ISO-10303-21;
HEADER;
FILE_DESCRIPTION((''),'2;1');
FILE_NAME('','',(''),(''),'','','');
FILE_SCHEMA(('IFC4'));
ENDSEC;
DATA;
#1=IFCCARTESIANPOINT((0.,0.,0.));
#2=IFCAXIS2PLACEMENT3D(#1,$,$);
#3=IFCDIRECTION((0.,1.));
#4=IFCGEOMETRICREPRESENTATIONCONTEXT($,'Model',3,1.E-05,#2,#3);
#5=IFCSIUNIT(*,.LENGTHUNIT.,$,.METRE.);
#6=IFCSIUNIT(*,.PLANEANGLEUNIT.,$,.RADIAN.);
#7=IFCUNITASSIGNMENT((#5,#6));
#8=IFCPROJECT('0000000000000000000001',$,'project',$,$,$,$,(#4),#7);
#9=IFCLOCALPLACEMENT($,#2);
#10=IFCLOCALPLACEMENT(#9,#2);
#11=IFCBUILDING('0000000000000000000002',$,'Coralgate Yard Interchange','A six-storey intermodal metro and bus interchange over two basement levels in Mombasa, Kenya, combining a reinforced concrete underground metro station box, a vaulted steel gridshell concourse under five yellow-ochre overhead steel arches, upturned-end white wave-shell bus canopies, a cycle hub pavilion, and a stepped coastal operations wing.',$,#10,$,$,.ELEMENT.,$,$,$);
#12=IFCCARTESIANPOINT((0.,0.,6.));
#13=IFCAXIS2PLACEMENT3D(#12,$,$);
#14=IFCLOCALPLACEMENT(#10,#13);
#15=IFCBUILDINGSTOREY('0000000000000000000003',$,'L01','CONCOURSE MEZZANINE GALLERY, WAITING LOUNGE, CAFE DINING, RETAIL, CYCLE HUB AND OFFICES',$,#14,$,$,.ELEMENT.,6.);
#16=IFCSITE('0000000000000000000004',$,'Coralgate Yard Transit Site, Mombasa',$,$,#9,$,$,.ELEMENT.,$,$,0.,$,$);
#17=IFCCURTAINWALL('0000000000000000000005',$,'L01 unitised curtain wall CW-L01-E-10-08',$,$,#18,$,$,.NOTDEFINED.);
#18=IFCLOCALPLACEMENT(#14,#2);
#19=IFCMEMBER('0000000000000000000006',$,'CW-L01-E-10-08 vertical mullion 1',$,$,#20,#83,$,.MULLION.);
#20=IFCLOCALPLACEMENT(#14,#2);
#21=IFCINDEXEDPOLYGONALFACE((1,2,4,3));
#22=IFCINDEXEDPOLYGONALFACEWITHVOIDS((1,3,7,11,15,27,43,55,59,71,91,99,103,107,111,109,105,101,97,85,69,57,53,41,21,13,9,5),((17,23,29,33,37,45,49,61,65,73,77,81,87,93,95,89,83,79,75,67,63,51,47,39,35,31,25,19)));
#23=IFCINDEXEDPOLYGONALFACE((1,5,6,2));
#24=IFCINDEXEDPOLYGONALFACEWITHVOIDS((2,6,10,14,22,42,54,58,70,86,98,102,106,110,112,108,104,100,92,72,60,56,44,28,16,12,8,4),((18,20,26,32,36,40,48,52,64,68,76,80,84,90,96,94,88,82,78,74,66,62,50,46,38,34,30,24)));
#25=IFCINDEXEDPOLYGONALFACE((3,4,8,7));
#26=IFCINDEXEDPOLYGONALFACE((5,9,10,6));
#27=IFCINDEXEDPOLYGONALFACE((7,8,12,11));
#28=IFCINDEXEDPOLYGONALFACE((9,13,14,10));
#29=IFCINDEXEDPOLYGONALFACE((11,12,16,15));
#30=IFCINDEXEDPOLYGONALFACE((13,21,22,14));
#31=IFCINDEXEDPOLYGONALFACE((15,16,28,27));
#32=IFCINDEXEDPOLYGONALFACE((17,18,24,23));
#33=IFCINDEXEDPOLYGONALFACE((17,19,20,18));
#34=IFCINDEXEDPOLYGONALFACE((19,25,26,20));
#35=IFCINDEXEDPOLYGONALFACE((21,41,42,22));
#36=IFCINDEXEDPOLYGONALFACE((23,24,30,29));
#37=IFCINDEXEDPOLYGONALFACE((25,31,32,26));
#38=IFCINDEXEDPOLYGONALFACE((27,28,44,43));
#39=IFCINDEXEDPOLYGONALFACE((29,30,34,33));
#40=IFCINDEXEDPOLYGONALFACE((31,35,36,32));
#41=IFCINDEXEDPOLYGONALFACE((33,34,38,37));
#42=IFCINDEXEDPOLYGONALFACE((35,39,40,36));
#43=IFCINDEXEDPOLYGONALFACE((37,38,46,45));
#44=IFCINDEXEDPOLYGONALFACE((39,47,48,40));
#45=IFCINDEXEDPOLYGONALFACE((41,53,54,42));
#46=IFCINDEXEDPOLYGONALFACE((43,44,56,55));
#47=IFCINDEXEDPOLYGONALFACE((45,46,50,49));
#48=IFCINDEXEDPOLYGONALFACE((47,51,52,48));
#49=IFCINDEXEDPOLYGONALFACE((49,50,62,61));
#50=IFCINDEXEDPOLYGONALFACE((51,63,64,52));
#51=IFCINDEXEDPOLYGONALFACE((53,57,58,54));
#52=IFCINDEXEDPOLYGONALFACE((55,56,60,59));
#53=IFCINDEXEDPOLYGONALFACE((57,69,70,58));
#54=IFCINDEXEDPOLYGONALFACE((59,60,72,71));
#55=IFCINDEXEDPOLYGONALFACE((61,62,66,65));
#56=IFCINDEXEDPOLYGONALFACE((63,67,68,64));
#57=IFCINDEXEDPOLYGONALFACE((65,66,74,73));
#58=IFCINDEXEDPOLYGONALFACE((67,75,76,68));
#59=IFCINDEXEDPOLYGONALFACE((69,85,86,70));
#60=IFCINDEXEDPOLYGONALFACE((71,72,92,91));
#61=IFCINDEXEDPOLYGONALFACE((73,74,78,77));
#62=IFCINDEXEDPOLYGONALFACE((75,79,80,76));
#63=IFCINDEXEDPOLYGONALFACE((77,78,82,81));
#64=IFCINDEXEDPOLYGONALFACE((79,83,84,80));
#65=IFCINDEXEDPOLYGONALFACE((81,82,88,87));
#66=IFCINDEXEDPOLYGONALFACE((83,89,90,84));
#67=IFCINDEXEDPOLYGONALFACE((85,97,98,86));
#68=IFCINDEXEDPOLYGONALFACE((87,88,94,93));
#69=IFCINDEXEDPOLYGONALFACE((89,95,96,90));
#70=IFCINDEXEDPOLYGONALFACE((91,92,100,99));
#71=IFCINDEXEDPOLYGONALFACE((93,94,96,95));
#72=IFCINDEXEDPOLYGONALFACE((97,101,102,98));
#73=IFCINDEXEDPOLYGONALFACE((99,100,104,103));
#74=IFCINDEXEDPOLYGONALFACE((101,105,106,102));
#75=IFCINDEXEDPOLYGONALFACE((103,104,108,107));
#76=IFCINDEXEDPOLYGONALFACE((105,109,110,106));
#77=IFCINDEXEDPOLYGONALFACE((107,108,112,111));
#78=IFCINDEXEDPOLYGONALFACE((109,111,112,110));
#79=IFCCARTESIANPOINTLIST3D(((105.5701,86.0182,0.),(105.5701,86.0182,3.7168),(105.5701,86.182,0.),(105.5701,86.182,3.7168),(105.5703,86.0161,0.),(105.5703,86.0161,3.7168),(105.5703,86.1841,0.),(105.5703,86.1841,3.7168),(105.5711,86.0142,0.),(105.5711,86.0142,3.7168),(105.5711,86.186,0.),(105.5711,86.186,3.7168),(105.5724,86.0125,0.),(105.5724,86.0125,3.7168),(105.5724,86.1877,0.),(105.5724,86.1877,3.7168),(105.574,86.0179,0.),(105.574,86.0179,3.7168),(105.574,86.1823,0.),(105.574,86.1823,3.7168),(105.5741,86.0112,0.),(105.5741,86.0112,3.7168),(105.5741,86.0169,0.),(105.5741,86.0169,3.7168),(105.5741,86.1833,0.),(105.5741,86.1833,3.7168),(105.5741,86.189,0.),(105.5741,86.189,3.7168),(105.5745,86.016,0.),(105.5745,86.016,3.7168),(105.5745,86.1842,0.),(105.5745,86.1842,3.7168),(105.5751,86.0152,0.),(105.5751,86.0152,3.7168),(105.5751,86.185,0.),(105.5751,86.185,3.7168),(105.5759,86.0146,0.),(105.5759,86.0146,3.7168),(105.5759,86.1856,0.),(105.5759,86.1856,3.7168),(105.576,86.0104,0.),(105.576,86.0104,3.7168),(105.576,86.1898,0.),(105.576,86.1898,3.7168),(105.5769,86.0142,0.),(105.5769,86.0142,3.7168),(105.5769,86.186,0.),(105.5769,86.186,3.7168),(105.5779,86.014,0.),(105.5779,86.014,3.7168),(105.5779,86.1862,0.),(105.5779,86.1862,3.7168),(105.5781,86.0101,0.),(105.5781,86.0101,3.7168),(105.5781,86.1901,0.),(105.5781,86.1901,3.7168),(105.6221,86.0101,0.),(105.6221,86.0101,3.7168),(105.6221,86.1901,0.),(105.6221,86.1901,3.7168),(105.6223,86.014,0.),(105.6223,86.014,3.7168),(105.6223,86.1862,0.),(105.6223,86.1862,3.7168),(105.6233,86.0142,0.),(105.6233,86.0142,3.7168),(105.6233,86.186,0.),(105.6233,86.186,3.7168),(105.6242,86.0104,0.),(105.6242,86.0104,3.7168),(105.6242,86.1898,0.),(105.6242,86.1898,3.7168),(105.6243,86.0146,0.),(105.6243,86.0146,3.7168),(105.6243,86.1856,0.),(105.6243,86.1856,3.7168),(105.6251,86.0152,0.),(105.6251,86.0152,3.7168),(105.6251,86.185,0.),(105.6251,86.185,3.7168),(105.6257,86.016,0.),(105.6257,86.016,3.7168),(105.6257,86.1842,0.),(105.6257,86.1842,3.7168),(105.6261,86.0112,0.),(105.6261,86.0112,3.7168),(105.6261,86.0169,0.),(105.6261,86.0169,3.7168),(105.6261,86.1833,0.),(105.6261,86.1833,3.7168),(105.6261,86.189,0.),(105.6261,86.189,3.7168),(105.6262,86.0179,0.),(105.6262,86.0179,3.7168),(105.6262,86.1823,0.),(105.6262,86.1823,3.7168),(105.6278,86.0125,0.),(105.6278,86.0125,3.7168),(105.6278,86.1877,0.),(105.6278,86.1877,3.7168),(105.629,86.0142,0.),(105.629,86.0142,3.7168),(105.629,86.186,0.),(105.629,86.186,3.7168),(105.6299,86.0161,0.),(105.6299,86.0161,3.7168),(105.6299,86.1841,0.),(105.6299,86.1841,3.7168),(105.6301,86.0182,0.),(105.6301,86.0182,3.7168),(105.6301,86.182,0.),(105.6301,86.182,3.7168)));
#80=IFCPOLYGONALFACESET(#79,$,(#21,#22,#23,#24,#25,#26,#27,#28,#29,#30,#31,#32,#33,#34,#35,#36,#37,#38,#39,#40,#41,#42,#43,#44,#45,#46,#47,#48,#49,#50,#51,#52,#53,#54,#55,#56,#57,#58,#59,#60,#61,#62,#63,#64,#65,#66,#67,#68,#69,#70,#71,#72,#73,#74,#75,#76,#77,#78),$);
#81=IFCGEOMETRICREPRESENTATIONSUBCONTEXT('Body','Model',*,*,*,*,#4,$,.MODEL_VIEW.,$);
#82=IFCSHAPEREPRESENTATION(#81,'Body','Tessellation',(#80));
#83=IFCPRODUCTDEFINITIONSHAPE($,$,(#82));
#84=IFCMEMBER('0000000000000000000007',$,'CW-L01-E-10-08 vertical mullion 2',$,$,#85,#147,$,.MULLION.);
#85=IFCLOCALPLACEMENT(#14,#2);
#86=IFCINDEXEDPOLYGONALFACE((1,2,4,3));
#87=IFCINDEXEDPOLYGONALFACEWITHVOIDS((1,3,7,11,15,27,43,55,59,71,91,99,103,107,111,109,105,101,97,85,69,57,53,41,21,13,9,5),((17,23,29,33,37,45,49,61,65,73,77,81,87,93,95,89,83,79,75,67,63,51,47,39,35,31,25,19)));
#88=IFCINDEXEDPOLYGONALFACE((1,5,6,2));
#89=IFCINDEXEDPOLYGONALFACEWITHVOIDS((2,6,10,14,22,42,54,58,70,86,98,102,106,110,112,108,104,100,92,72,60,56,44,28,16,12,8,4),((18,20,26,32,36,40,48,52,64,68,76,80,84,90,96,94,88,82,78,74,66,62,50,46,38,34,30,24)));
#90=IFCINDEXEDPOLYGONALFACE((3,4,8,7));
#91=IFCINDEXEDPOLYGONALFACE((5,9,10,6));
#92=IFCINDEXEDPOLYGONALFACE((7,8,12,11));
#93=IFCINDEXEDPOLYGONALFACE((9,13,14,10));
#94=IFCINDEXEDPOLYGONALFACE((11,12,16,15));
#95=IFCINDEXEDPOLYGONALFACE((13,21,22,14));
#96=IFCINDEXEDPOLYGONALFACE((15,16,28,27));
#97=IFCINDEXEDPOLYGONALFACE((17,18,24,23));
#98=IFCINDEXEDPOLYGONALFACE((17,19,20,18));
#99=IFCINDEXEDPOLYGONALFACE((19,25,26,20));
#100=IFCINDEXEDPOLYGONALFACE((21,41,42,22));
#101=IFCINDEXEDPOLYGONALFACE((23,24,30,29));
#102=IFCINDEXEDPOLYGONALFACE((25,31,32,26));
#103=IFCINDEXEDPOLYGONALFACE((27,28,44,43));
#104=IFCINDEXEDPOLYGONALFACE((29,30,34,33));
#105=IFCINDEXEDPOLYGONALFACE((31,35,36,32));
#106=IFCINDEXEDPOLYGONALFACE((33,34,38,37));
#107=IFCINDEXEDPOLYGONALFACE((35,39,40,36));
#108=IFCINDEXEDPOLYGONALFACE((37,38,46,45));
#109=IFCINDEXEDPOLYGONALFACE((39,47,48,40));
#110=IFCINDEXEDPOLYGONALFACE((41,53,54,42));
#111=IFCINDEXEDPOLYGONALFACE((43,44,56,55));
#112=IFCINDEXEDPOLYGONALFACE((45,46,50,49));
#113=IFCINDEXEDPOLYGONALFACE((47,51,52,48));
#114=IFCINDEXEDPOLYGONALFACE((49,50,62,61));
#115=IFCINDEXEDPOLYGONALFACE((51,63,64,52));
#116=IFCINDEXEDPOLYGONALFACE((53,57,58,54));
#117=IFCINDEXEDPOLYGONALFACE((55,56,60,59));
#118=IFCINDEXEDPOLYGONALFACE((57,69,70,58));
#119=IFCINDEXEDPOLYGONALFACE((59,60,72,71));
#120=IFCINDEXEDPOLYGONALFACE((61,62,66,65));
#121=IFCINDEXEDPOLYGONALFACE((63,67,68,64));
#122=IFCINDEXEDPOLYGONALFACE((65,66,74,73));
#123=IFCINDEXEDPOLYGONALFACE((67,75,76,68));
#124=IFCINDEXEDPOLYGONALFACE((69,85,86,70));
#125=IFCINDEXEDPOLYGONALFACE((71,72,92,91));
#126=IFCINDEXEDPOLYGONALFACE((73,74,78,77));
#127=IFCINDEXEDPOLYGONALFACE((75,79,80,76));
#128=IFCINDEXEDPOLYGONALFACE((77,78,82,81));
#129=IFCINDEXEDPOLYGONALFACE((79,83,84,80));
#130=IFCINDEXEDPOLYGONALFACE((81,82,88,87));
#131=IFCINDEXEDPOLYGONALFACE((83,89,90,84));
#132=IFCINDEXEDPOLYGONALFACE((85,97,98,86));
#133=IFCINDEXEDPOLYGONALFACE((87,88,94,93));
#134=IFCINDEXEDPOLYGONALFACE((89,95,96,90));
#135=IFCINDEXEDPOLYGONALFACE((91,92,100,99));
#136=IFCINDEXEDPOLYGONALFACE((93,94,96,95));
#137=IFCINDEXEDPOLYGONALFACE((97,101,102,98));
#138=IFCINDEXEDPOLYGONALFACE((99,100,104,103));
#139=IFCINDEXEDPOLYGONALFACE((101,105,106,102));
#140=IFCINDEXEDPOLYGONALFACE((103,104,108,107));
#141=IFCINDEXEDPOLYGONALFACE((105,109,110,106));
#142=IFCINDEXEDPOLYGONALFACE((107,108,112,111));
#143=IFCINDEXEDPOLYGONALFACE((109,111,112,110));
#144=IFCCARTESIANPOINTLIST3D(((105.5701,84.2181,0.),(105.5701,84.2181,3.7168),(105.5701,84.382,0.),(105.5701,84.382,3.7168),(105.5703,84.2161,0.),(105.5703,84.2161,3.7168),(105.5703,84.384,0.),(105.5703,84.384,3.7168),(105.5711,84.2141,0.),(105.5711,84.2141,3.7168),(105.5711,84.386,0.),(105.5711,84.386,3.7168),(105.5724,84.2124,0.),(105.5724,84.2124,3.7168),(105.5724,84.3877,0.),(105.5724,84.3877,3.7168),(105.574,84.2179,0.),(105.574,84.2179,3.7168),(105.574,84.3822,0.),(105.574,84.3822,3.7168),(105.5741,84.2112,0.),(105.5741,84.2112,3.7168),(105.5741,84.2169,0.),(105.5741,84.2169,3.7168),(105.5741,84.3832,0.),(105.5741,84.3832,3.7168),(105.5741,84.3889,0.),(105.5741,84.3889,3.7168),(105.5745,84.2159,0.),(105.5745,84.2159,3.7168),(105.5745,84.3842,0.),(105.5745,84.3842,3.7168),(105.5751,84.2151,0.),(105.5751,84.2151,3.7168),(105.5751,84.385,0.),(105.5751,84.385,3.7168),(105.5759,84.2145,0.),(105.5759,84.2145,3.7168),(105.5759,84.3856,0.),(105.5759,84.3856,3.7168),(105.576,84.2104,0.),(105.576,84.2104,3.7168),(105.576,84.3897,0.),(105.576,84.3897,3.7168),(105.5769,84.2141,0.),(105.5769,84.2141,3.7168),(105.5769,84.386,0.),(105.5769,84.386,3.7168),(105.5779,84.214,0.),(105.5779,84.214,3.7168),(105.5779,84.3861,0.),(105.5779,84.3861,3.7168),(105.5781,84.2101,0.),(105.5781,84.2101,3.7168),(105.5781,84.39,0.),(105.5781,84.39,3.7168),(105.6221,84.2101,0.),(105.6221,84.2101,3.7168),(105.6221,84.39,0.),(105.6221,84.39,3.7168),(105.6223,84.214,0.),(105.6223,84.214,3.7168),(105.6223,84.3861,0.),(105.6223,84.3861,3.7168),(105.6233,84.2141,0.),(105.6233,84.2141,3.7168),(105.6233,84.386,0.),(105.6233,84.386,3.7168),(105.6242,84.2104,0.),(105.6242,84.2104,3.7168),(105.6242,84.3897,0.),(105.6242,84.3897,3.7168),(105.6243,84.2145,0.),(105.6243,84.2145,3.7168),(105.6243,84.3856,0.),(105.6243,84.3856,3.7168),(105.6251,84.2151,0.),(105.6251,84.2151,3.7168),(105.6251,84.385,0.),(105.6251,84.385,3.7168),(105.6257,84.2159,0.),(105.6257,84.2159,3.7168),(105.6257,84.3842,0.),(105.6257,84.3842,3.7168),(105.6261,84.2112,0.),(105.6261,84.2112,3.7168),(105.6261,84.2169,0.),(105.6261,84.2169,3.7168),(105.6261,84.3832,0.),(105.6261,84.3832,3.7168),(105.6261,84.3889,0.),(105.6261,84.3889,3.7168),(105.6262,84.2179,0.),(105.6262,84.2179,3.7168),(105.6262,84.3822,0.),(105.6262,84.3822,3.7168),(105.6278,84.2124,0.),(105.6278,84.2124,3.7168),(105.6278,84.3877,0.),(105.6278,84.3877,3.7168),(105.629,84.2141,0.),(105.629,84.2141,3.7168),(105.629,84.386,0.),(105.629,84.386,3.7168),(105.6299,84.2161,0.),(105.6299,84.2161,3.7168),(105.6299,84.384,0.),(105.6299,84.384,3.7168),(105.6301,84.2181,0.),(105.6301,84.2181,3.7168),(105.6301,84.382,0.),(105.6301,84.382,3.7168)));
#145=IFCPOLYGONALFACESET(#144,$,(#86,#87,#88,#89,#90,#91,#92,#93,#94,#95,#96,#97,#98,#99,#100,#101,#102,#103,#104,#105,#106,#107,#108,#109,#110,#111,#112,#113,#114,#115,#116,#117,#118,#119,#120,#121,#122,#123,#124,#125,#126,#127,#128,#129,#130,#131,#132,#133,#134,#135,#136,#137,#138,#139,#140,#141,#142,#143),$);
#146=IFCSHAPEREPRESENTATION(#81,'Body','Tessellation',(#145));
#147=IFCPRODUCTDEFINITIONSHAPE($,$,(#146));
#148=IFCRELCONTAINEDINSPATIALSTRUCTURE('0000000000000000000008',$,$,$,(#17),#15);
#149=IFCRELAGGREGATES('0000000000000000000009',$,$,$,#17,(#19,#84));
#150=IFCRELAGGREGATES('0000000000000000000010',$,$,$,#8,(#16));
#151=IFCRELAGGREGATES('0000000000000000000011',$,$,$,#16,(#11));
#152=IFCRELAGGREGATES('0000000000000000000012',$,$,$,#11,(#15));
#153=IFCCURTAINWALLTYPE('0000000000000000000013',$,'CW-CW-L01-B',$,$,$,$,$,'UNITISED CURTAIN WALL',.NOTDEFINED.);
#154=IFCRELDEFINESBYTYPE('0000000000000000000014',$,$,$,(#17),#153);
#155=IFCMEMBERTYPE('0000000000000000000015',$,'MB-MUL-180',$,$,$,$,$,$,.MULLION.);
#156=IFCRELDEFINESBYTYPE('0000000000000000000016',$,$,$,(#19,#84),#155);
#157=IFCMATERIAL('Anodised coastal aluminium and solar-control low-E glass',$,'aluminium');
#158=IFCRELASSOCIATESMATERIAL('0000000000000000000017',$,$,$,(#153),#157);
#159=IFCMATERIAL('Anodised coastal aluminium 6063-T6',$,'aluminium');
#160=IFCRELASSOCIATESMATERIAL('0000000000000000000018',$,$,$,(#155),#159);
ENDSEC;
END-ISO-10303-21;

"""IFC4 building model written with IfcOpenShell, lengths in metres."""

from ifc_helpers import new_model, si_unit, direction, frame, origin, origin_2d, place, context, subcontext, project, spatial, hollow_rectangle, extrude, material, material_profile, profile_set, type_object, element, aggregate, save


model = new_model("IFC4")

# Units and contexts
model_context = context("Model", 3, precision=1e-05, world=origin(), true_north=direction((0.0, 1.0)))
body_context = subcontext(model_context, "Body", "Model", "MODEL_VIEW")
ifc_project = project(units=[si_unit("LENGTHUNIT", "METRE"), si_unit("PLANEANGLEUNIT", "RADIAN")], contexts=[model_context])

# Site, building, storey
site_placement = place(None, origin())
site = spatial("IfcSite", under=ifc_project, at=site_placement, Name="Coralgate Yard Transit Site, Mombasa", CompositionType="ELEMENT", RefElevation=0.0)
building_placement = place(site_placement, origin())
building = spatial("IfcBuilding", under=site, at=building_placement, Name="Coralgate Yard Interchange", Description="A six-storey intermodal metro and bus interchange over two basement levels in Mombasa, Kenya, combining a reinforced concrete underground metro station box, a vaulted steel gridshell concourse under five yellow-ochre overhead steel arches, upturned-end white wave-shell bus canopies, a cycle hub pavilion, and a stepped coastal operations wing.", CompositionType="ELEMENT")
storey_placement = place(building_placement, frame((0.0, 0.0, 6.0)))
storey = spatial("IfcBuildingStorey", under=building, at=storey_placement, Name="L01", Description="CONCOURSE MEZZANINE GALLERY, WAITING LOUNGE, CAFE DINING, RETAIL, CYCLE HUB AND OFFICES", CompositionType="ELEMENT", Elevation=6.0)

# Curtain wall, members
ifc_material_1 = material(Name="Anodised coastal aluminium and solar-control low-E glass", Category="aluminium")
curtain_wall_type = type_object("IfcCurtainWallType", Name="CW-CW-L01-B", ElementType="UNITISED CURTAIN WALL", PredefinedType="NOTDEFINED", material=ifc_material_1)
curtain_wall_placement = place(storey_placement, origin())
curtain_wall = element("IfcCurtainWall", 1, at=curtain_wall_placement, inside=storey, type_object=curtain_wall_type, Name="L01 unitised curtain wall CW-L01-E-10-08", PredefinedType="NOTDEFINED")
ifc_material_2 = material(Name="Anodised coastal aluminium 6063-T6", Category="aluminium")
ifc_material_profile_1 = material_profile(ifc_material_2, hollow_rectangle(XDim=0.0601, YDim=0.1799, WallThickness=0.0039, InnerFilletRadius=0.0039, OuterFilletRadius=0.0081, at=origin_2d()), Name="ALU 60x180x4")
ifc_profile_set_1 = profile_set([ifc_material_profile_1], Name="Anodised coastal aluminium 6063-T6")
member_type_1 = type_object("IfcMemberType", Name="MB-MUL-180", PredefinedType="MULLION", material=ifc_profile_set_1)
member_1_placement = place(storey_placement, frame((105.6001, 86.1001, 0.0), z_axis=(0.0, 0.0, 1.0), x_axis=(1.0, 0.0, 0.0)))
member_1 = element("IfcMember", 2, at=member_1_placement, type_object=member_type_1, Name="CW-L01-E-10-08 vertical mullion 1", PredefinedType="MULLION", context=body_context, shape_type="SweptSolid", body=[
    extrude(hollow_rectangle(XDim=0.0601, YDim=0.1799, WallThickness=0.0039, InnerFilletRadius=0.0039, OuterFilletRadius=0.0081, at=origin_2d()), origin(), (0.0, 0.0, 1.0), 3.7168),
])
member_2_placement = place(storey_placement, frame((105.6001, 84.3, 0.0), z_axis=(0.0, 0.0, 1.0), x_axis=(1.0, 0.0, 0.0)))
member_2 = element("IfcMember", 3, at=member_2_placement, type_object=member_type_1, Name="CW-L01-E-10-08 vertical mullion 2", PredefinedType="MULLION", context=body_context, shape_type="SweptSolid", body=[
    extrude(hollow_rectangle(XDim=0.0601, YDim=0.1799, WallThickness=0.0039, InnerFilletRadius=0.0039, OuterFilletRadius=0.0081, at=origin_2d()), origin(), (0.0, 0.0, 1.0), 3.7168),
])
aggregate(curtain_wall, [member_1, member_2])

save(model, "model.ifc")
